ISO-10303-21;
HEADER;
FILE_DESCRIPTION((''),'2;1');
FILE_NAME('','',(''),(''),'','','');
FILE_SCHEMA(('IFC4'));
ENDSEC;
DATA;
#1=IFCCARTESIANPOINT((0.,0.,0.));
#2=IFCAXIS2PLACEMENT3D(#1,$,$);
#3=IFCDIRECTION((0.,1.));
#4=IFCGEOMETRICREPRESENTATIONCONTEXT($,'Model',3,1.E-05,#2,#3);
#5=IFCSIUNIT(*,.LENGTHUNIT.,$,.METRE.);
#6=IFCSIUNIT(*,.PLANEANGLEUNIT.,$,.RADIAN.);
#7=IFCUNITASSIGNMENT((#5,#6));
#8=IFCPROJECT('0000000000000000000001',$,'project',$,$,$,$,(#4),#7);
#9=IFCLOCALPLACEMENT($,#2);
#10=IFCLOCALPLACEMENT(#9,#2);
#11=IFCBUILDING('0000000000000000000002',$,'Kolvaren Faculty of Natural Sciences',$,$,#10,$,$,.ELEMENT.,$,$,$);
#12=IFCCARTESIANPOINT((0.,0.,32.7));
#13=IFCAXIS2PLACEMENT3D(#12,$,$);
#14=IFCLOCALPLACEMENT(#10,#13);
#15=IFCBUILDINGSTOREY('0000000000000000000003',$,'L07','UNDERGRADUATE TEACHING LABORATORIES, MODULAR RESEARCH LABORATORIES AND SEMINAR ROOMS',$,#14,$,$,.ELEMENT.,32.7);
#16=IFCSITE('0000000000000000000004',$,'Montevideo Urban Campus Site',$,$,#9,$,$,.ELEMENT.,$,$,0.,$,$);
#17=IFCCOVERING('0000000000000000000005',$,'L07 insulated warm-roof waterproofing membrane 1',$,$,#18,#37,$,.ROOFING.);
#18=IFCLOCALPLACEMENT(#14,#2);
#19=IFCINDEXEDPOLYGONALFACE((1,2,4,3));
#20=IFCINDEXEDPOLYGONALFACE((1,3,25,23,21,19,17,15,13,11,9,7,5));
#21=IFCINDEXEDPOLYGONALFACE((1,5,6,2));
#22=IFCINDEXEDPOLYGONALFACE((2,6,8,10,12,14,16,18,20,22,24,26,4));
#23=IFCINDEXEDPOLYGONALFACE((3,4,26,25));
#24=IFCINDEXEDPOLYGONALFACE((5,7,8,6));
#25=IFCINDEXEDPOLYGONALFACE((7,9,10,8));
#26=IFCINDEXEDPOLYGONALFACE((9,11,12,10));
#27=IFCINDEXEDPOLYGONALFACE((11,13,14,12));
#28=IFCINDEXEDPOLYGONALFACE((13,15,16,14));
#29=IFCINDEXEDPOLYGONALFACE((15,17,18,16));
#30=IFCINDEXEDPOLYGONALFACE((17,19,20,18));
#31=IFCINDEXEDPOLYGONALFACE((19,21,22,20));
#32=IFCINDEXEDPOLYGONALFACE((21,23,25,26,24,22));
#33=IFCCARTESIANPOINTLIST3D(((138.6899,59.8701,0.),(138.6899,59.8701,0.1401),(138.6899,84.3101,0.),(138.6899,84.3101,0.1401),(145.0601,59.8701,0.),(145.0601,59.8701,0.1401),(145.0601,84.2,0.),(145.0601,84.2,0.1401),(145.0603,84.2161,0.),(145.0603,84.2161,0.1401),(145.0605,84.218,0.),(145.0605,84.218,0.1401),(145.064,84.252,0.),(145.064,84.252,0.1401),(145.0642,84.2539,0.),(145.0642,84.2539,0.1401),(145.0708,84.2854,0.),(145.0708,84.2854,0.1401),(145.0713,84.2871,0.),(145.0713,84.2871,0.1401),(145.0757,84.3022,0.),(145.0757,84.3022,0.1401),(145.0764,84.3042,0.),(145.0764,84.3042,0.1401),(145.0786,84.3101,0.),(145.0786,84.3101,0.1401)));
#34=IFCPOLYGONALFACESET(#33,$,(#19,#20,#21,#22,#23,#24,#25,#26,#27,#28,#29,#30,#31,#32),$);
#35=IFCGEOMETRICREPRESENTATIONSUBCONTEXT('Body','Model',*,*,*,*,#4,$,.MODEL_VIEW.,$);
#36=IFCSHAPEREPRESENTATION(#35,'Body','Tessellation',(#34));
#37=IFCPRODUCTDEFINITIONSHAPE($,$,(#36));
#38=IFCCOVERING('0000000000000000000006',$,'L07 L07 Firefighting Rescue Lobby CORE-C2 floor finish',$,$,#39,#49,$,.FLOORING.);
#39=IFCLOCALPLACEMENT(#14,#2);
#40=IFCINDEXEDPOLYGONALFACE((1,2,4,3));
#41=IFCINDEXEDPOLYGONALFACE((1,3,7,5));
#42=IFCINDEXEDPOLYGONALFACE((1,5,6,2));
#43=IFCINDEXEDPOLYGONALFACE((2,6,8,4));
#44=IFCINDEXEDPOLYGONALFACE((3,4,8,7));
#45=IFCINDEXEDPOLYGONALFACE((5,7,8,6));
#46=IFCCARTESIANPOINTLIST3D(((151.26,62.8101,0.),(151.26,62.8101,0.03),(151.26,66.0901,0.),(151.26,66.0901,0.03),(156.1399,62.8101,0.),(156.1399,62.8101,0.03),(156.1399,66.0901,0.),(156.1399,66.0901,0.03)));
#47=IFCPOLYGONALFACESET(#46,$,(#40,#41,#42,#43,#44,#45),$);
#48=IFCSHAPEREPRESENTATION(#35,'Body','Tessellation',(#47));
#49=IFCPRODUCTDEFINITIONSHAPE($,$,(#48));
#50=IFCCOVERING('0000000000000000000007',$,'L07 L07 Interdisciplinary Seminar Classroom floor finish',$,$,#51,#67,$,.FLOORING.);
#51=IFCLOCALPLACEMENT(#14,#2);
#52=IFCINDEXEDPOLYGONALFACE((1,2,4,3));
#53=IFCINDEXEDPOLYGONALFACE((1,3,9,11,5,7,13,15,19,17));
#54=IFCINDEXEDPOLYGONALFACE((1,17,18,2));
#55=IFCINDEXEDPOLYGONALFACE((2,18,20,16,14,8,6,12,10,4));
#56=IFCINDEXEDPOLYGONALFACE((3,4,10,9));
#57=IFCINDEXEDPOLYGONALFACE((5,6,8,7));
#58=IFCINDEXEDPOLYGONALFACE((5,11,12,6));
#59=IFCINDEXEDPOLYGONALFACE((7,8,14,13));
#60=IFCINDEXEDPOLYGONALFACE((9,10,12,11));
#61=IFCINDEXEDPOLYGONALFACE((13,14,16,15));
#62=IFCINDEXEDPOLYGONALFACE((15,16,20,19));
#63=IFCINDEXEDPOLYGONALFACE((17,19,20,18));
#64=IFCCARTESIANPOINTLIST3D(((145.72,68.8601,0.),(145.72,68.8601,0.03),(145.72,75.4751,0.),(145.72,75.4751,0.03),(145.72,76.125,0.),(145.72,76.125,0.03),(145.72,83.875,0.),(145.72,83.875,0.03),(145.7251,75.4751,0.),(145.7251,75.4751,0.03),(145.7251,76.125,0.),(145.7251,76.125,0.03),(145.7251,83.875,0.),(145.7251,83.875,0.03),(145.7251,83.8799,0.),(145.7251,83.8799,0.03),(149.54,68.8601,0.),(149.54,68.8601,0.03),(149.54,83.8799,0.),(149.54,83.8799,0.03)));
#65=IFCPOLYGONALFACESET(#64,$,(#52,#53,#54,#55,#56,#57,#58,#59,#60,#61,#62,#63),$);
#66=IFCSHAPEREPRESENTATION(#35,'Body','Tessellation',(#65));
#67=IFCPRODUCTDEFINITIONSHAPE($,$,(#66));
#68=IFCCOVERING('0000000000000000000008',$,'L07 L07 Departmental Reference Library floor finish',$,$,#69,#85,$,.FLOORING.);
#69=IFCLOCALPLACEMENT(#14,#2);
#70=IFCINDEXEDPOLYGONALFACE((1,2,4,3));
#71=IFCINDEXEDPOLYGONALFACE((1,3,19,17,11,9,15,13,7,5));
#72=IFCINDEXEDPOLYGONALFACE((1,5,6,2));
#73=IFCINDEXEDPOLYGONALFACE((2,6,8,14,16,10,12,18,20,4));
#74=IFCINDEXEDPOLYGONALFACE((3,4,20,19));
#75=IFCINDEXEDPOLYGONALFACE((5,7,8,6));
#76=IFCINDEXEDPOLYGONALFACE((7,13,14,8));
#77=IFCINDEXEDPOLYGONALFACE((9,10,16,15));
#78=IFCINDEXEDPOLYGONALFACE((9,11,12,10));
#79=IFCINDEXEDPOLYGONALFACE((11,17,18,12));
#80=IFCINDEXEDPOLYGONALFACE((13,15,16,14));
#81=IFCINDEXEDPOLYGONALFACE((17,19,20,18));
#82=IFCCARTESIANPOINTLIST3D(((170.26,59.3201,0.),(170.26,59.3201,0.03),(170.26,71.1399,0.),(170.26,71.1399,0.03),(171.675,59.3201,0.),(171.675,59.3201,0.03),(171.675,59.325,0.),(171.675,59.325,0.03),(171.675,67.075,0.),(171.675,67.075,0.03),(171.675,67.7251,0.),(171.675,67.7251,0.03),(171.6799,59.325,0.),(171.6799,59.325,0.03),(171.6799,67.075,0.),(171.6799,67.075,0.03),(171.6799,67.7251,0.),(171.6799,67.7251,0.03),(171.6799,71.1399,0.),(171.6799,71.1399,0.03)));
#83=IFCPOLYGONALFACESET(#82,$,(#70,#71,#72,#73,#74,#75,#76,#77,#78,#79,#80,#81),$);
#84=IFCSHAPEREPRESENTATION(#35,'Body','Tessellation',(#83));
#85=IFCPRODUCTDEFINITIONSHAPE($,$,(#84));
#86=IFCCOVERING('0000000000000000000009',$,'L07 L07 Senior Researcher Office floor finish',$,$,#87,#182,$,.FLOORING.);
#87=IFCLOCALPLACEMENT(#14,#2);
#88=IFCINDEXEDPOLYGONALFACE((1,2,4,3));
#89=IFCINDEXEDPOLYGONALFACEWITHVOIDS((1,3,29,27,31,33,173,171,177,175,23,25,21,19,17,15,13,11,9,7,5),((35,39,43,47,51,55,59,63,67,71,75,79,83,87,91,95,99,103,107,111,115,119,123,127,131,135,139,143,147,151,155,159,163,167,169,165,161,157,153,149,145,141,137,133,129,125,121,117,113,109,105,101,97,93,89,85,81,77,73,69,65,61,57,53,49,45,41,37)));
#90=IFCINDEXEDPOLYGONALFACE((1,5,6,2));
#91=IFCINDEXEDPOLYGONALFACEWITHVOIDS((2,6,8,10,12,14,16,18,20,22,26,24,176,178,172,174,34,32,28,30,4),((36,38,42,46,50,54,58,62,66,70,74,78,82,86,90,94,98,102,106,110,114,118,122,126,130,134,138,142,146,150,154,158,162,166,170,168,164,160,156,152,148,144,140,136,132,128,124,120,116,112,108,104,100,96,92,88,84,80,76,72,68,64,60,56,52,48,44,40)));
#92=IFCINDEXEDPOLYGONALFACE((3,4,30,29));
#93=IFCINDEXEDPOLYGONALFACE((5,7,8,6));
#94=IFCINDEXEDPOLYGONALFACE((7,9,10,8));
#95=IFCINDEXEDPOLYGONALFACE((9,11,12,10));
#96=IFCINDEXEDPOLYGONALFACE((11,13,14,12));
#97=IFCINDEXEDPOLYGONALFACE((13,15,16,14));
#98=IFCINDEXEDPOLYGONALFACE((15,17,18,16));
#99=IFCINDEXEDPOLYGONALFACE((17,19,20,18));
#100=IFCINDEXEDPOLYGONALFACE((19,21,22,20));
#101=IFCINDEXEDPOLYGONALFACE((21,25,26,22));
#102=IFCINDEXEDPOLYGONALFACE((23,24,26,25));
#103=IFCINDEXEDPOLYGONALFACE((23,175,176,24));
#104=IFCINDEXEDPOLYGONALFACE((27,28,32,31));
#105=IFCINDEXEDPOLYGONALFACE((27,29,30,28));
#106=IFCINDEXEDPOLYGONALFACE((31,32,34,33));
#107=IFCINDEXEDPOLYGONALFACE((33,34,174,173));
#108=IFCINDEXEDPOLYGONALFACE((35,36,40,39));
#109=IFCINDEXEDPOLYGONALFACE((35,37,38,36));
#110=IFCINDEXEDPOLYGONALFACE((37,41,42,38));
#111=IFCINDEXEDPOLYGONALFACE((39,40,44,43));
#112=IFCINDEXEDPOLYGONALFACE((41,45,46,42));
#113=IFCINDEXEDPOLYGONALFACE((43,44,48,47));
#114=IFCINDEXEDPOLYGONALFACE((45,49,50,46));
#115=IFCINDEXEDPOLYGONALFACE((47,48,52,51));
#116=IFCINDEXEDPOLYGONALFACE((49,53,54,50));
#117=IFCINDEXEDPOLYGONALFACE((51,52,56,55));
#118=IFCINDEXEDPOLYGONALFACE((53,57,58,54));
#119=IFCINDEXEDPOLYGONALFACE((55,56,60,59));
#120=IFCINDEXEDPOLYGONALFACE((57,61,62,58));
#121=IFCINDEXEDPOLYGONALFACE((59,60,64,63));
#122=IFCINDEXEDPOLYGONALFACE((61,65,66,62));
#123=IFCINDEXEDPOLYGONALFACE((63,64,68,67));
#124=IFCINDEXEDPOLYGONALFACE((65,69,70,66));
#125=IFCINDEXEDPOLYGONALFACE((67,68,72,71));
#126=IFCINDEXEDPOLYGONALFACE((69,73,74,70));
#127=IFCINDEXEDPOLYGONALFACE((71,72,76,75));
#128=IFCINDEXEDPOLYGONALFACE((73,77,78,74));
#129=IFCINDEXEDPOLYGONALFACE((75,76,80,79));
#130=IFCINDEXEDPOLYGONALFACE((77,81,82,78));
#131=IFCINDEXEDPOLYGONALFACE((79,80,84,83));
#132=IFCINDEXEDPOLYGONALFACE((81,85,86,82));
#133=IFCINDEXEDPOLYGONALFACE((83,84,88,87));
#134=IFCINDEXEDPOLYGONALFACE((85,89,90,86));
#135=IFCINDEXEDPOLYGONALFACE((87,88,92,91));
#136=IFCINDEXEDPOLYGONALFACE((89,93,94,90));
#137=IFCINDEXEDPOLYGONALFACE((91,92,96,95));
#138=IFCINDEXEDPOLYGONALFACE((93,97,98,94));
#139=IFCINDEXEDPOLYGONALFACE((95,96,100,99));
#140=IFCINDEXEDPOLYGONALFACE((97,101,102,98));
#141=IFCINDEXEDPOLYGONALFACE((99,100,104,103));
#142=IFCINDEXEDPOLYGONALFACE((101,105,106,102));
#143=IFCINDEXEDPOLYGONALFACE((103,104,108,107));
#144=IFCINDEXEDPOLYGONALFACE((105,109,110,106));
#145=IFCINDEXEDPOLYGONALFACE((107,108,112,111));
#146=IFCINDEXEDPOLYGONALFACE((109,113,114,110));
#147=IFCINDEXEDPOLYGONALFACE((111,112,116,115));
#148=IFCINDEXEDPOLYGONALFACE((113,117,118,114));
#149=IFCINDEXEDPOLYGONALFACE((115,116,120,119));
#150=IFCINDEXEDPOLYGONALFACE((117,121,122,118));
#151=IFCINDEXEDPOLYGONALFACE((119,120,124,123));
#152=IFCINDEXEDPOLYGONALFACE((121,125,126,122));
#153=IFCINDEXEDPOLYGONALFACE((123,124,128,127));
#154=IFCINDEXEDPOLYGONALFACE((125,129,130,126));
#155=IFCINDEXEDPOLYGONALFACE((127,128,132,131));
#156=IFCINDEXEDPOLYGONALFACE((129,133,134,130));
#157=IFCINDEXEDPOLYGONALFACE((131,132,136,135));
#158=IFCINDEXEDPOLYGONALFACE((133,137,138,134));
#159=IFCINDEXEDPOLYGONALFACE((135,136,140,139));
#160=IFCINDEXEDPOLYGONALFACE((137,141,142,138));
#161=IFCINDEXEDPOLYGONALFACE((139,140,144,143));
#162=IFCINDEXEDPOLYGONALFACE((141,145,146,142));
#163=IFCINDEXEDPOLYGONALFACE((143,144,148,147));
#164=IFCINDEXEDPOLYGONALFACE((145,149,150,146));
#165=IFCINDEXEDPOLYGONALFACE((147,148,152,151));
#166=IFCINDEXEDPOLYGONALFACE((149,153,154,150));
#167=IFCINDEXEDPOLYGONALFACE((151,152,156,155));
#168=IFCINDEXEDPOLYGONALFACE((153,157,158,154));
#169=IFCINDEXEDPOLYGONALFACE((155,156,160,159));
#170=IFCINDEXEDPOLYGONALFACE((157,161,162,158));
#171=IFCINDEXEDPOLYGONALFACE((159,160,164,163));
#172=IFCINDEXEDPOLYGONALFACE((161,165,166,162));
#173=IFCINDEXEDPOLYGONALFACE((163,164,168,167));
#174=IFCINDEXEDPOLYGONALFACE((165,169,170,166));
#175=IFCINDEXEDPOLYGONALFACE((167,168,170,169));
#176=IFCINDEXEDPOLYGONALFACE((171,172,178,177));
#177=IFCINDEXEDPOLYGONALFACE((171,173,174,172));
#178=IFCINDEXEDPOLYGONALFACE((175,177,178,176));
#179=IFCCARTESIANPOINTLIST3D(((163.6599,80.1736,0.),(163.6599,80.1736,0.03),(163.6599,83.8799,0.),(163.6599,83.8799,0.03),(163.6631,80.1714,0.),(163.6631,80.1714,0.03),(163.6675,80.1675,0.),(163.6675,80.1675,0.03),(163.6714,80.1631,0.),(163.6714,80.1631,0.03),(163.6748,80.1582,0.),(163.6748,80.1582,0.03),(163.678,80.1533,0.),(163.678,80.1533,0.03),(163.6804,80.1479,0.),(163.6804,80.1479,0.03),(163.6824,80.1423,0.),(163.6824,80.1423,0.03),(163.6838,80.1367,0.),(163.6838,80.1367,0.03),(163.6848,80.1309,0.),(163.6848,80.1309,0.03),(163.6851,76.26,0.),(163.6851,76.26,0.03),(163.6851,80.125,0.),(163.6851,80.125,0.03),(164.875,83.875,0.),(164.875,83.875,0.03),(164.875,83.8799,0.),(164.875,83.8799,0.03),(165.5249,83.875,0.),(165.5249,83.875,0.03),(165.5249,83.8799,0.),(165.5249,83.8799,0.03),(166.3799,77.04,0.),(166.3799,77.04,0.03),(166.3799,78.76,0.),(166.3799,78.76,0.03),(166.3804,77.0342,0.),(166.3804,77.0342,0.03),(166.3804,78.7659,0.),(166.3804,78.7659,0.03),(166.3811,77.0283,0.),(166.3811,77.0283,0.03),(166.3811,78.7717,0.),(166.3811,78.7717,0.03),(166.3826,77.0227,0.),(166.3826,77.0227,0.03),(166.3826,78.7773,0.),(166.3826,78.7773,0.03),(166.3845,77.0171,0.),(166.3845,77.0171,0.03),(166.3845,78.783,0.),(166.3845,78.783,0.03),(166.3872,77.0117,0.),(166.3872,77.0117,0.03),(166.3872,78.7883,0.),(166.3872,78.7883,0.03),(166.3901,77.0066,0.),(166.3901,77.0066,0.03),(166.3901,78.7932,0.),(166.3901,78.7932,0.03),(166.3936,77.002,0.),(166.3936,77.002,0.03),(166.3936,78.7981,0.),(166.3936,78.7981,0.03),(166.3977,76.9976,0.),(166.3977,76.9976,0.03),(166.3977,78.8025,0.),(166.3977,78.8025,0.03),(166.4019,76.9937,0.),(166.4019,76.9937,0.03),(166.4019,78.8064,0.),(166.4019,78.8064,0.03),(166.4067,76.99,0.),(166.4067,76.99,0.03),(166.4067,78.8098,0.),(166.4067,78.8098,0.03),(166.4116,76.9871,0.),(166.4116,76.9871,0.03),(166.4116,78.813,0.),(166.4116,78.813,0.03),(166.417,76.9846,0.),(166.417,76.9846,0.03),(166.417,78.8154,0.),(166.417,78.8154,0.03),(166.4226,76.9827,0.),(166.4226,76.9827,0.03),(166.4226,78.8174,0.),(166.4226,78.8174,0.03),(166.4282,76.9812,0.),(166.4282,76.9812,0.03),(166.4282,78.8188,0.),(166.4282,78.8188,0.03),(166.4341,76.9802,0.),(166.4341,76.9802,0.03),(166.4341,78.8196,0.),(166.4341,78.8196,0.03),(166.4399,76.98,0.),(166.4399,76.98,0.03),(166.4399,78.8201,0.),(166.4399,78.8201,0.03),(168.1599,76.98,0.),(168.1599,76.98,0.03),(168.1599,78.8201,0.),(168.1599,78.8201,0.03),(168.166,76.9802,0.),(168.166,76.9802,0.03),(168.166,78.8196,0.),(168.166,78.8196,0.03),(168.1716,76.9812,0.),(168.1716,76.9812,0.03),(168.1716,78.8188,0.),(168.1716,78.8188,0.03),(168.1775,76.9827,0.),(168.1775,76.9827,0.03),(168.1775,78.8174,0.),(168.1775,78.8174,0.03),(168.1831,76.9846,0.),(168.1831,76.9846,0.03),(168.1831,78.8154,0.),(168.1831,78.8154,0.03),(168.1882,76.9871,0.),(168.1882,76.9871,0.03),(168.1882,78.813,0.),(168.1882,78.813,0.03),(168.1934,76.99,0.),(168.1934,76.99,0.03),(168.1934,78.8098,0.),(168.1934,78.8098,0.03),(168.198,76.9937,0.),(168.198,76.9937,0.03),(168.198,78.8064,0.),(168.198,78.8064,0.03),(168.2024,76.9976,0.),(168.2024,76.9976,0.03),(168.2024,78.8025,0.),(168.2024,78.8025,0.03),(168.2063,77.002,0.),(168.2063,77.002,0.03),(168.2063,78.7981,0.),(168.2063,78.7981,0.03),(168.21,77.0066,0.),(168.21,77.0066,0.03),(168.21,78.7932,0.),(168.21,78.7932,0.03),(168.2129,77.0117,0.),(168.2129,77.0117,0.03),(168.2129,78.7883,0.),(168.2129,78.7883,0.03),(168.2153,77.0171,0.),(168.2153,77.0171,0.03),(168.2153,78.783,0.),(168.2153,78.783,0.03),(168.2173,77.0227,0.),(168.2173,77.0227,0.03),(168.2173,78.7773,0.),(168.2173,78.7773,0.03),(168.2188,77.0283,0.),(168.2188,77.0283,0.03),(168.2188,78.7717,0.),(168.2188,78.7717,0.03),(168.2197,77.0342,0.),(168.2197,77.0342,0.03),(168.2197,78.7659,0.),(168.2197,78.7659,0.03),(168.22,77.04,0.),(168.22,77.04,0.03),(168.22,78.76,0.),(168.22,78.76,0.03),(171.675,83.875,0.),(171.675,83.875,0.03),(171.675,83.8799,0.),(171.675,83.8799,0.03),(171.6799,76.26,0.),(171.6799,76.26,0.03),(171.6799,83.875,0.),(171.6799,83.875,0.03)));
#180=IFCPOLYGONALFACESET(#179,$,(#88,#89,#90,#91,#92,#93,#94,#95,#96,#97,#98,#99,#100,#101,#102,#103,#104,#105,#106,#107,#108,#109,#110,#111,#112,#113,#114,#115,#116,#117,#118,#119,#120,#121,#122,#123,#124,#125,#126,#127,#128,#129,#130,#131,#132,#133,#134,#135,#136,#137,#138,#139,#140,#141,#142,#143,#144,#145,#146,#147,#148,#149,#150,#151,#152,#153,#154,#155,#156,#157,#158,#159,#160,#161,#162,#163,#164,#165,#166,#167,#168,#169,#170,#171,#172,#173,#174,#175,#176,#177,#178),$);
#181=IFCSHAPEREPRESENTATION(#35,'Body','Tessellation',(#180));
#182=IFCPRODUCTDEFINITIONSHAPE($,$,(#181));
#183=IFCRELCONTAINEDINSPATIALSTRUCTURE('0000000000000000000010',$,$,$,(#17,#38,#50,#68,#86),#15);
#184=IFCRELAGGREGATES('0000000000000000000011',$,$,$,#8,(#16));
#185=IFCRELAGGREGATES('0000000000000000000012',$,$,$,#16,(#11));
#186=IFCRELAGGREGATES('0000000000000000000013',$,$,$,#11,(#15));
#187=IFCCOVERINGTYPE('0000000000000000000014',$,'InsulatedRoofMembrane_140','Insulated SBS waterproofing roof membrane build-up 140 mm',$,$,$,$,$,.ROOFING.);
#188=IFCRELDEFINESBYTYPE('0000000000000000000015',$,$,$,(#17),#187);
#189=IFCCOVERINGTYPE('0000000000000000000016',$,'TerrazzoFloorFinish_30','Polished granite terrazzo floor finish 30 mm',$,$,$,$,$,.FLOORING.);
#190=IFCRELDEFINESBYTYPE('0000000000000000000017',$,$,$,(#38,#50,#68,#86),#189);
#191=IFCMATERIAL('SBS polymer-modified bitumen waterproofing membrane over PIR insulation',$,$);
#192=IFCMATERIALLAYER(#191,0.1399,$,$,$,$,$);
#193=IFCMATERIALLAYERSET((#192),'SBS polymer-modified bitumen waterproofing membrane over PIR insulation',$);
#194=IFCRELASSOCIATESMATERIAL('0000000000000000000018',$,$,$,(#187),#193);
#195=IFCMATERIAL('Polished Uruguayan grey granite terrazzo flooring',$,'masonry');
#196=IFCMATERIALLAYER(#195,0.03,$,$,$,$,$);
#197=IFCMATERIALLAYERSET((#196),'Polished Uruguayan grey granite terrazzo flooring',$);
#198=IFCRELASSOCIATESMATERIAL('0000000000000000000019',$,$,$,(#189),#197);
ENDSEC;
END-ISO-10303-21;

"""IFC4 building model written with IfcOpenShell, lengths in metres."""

from ifc_helpers import new_model, si_unit, direction, frame, origin, place, context, subcontext, project, spatial, polyline, outline, extrude, material, layer, layer_set, type_object, element, save


model = new_model("IFC4")

# Units and contexts
model_context = context("Model", 3, precision=1e-05, world=origin(), true_north=direction((0.0, 1.0)))
body_context = subcontext(model_context, "Body", "Model", "MODEL_VIEW")
ifc_project = project(units=[si_unit("LENGTHUNIT", "METRE"), si_unit("PLANEANGLEUNIT", "RADIAN")], contexts=[model_context])

# Site, building, storey
site_placement = place(None, origin())
site = spatial("IfcSite", under=ifc_project, at=site_placement, Name="Montevideo Urban Campus Site", CompositionType="ELEMENT", RefElevation=0.0)
building_placement = place(site_placement, origin())
building = spatial("IfcBuilding", under=site, at=building_placement, Name="Kolvaren Faculty of Natural Sciences", CompositionType="ELEMENT")
storey_placement = place(building_placement, frame((0.0, 0.0, 32.7)))
storey = spatial("IfcBuildingStorey", under=building, at=storey_placement, Name="L07", Description="UNDERGRADUATE TEACHING LABORATORIES, MODULAR RESEARCH LABORATORIES AND SEMINAR ROOMS", CompositionType="ELEMENT", Elevation=32.7)

# Coverings
ifc_material_1 = material(Name="SBS polymer-modified bitumen waterproofing membrane over PIR insulation")
ifc_layer_1 = layer(ifc_material_1, 0.1399)
ifc_layer_set_1 = layer_set([ifc_layer_1], Name="SBS polymer-modified bitumen waterproofing membrane over PIR insulation")
covering_type_1 = type_object("IfcCoveringType", Name="InsulatedRoofMembrane_140", Description="Insulated SBS waterproofing roof membrane build-up 140 mm", PredefinedType="ROOFING", material=ifc_layer_set_1)
covering_1_placement = place(storey_placement, origin())
element("IfcCovering", 1, at=covering_1_placement, inside=storey, type_object=covering_type_1, Name="L07 insulated warm-roof waterproofing membrane 1", PredefinedType="ROOFING", context=body_context, shape_type="SweptSolid", body=[
    extrude(outline(polyline([(138.6899, 84.3101), (145.0786, 84.3101), (145.0764, 84.3042), (145.0757, 84.3022), (145.0713, 84.2871), (145.0708, 84.2854), (145.0642, 84.2539), (145.064, 84.252), (145.0605, 84.218), (145.0603, 84.2161), (145.0601, 84.2), (145.0601, 59.8701), (138.6899, 59.8701), (138.6899, 84.3101)])), origin(), (0.0, 0.0, 1.0), 0.1401),
])
ifc_material_2 = material(Name="Polished Uruguayan grey granite terrazzo flooring", Category="masonry")
ifc_layer_2 = layer(ifc_material_2, 0.03)
ifc_layer_set_2 = layer_set([ifc_layer_2], Name="Polished Uruguayan grey granite terrazzo flooring")
covering_type_2 = type_object("IfcCoveringType", Name="TerrazzoFloorFinish_30", Description="Polished granite terrazzo floor finish 30 mm", PredefinedType="FLOORING", material=ifc_layer_set_2)
covering_2_placement = place(storey_placement, origin())
element("IfcCovering", 2, at=covering_2_placement, inside=storey, type_object=covering_type_2, Name="L07 L07 Firefighting Rescue Lobby CORE-C2 floor finish", PredefinedType="FLOORING", context=body_context, shape_type="SweptSolid", body=[
    extrude(outline(polyline([(156.1399, 66.0901), (156.1399, 62.8101), (151.26, 62.8101), (151.26, 66.0901), (156.1399, 66.0901)])), origin(), (0.0, 0.0, 1.0), 0.03),
])
covering_3_placement = place(storey_placement, origin())
element("IfcCovering", 3, at=covering_3_placement, inside=storey, type_object=covering_type_2, Name="L07 L07 Interdisciplinary Seminar Classroom floor finish", PredefinedType="FLOORING", context=body_context, shape_type="SweptSolid", body=[
    extrude(outline(polyline([(145.72, 75.4751), (145.7251, 75.4751), (145.7251, 76.125), (145.72, 76.125), (145.72, 83.875), (145.7251, 83.875), (145.7251, 83.8799), (149.54, 83.8799), (149.54, 68.8601), (145.72, 68.8601), (145.72, 75.4751)])), origin(), (0.0, 0.0, 1.0), 0.03),
])
covering_4_placement = place(storey_placement, origin())
element("IfcCovering", 4, at=covering_4_placement, inside=storey, type_object=covering_type_2, Name="L07 L07 Departmental Reference Library floor finish", PredefinedType="FLOORING", context=body_context, shape_type="SweptSolid", body=[
    extrude(outline(polyline([(171.6799, 67.7251), (171.675, 67.7251), (171.675, 67.075), (171.6799, 67.075), (171.6799, 59.325), (171.675, 59.325), (171.675, 59.3201), (170.26, 59.3201), (170.26, 71.1399), (171.6799, 71.1399), (171.6799, 67.7251)])), origin(), (0.0, 0.0, 1.0), 0.03),
])
covering_5_placement = place(storey_placement, origin())
element("IfcCovering", 5, at=covering_5_placement, inside=storey, type_object=covering_type_2, Name="L07 L07 Senior Researcher Office floor finish", PredefinedType="FLOORING", context=body_context, shape_type="SweptSolid", body=[
    extrude(outline(polyline([(163.6599, 83.8799), (164.875, 83.8799), (164.875, 83.875), (165.5249, 83.875), (165.5249, 83.8799), (171.675, 83.8799), (171.675, 83.875), (171.6799, 83.875), (171.6799, 76.26), (163.6851, 76.26), (163.6851, 80.125), (163.6848, 80.1309), (163.6838, 80.1367), (163.6824, 80.1423), (163.6804, 80.1479), (163.678, 80.1533), (163.6748, 80.1582), (163.6714, 80.1631), (163.6675, 80.1675), (163.6631, 80.1714), (163.6599, 80.1736), (163.6599, 83.8799)]), holes=[polyline([(166.4341, 78.8196), (166.4282, 78.8188), (166.4226, 78.8174), (166.417, 78.8154), (166.4116, 78.813), (166.4067, 78.8098), (166.4019, 78.8064), (166.3977, 78.8025), (166.3936, 78.7981), (166.3901, 78.7932), (166.3872, 78.7883), (166.3845, 78.783), (166.3826, 78.7773), (166.3811, 78.7717), (166.3804, 78.7659), (166.3799, 78.76), (166.3799, 77.04), (166.3804, 77.0342), (166.3811, 77.0283), (166.3826, 77.0227), (166.3845, 77.0171), (166.3872, 77.0117), (166.3901, 77.0066), (166.3936, 77.002), (166.3977, 76.9976), (166.4019, 76.9937), (166.4067, 76.99), (166.4116, 76.9871), (166.417, 76.9846), (166.4226, 76.9827), (166.4282, 76.9812), (166.4341, 76.9802), (166.4399, 76.98), (168.1599, 76.98), (168.166, 76.9802), (168.1716, 76.9812), (168.1775, 76.9827), (168.1831, 76.9846), (168.1882, 76.9871), (168.1934, 76.99), (168.198, 76.9937), (168.2024, 76.9976), (168.2063, 77.002), (168.21, 77.0066), (168.2129, 77.0117), (168.2153, 77.0171), (168.2173, 77.0227), (168.2188, 77.0283), (168.2197, 77.0342), (168.22, 77.04), (168.22, 78.76), (168.2197, 78.7659), (168.2188, 78.7717), (168.2173, 78.7773), (168.2153, 78.783), (168.2129, 78.7883), (168.21, 78.7932), (168.2063, 78.7981), (168.2024, 78.8025), (168.198, 78.8064), (168.1934, 78.8098), (168.1882, 78.813), (168.1831, 78.8154), (168.1775, 78.8174), (168.1716, 78.8188), (168.166, 78.8196), (168.1599, 78.8201), (166.4399, 78.8201), (166.4341, 78.8196)])]), origin(), (0.0, 0.0, 1.0), 0.03),
])

save(model, "model.ifc")
